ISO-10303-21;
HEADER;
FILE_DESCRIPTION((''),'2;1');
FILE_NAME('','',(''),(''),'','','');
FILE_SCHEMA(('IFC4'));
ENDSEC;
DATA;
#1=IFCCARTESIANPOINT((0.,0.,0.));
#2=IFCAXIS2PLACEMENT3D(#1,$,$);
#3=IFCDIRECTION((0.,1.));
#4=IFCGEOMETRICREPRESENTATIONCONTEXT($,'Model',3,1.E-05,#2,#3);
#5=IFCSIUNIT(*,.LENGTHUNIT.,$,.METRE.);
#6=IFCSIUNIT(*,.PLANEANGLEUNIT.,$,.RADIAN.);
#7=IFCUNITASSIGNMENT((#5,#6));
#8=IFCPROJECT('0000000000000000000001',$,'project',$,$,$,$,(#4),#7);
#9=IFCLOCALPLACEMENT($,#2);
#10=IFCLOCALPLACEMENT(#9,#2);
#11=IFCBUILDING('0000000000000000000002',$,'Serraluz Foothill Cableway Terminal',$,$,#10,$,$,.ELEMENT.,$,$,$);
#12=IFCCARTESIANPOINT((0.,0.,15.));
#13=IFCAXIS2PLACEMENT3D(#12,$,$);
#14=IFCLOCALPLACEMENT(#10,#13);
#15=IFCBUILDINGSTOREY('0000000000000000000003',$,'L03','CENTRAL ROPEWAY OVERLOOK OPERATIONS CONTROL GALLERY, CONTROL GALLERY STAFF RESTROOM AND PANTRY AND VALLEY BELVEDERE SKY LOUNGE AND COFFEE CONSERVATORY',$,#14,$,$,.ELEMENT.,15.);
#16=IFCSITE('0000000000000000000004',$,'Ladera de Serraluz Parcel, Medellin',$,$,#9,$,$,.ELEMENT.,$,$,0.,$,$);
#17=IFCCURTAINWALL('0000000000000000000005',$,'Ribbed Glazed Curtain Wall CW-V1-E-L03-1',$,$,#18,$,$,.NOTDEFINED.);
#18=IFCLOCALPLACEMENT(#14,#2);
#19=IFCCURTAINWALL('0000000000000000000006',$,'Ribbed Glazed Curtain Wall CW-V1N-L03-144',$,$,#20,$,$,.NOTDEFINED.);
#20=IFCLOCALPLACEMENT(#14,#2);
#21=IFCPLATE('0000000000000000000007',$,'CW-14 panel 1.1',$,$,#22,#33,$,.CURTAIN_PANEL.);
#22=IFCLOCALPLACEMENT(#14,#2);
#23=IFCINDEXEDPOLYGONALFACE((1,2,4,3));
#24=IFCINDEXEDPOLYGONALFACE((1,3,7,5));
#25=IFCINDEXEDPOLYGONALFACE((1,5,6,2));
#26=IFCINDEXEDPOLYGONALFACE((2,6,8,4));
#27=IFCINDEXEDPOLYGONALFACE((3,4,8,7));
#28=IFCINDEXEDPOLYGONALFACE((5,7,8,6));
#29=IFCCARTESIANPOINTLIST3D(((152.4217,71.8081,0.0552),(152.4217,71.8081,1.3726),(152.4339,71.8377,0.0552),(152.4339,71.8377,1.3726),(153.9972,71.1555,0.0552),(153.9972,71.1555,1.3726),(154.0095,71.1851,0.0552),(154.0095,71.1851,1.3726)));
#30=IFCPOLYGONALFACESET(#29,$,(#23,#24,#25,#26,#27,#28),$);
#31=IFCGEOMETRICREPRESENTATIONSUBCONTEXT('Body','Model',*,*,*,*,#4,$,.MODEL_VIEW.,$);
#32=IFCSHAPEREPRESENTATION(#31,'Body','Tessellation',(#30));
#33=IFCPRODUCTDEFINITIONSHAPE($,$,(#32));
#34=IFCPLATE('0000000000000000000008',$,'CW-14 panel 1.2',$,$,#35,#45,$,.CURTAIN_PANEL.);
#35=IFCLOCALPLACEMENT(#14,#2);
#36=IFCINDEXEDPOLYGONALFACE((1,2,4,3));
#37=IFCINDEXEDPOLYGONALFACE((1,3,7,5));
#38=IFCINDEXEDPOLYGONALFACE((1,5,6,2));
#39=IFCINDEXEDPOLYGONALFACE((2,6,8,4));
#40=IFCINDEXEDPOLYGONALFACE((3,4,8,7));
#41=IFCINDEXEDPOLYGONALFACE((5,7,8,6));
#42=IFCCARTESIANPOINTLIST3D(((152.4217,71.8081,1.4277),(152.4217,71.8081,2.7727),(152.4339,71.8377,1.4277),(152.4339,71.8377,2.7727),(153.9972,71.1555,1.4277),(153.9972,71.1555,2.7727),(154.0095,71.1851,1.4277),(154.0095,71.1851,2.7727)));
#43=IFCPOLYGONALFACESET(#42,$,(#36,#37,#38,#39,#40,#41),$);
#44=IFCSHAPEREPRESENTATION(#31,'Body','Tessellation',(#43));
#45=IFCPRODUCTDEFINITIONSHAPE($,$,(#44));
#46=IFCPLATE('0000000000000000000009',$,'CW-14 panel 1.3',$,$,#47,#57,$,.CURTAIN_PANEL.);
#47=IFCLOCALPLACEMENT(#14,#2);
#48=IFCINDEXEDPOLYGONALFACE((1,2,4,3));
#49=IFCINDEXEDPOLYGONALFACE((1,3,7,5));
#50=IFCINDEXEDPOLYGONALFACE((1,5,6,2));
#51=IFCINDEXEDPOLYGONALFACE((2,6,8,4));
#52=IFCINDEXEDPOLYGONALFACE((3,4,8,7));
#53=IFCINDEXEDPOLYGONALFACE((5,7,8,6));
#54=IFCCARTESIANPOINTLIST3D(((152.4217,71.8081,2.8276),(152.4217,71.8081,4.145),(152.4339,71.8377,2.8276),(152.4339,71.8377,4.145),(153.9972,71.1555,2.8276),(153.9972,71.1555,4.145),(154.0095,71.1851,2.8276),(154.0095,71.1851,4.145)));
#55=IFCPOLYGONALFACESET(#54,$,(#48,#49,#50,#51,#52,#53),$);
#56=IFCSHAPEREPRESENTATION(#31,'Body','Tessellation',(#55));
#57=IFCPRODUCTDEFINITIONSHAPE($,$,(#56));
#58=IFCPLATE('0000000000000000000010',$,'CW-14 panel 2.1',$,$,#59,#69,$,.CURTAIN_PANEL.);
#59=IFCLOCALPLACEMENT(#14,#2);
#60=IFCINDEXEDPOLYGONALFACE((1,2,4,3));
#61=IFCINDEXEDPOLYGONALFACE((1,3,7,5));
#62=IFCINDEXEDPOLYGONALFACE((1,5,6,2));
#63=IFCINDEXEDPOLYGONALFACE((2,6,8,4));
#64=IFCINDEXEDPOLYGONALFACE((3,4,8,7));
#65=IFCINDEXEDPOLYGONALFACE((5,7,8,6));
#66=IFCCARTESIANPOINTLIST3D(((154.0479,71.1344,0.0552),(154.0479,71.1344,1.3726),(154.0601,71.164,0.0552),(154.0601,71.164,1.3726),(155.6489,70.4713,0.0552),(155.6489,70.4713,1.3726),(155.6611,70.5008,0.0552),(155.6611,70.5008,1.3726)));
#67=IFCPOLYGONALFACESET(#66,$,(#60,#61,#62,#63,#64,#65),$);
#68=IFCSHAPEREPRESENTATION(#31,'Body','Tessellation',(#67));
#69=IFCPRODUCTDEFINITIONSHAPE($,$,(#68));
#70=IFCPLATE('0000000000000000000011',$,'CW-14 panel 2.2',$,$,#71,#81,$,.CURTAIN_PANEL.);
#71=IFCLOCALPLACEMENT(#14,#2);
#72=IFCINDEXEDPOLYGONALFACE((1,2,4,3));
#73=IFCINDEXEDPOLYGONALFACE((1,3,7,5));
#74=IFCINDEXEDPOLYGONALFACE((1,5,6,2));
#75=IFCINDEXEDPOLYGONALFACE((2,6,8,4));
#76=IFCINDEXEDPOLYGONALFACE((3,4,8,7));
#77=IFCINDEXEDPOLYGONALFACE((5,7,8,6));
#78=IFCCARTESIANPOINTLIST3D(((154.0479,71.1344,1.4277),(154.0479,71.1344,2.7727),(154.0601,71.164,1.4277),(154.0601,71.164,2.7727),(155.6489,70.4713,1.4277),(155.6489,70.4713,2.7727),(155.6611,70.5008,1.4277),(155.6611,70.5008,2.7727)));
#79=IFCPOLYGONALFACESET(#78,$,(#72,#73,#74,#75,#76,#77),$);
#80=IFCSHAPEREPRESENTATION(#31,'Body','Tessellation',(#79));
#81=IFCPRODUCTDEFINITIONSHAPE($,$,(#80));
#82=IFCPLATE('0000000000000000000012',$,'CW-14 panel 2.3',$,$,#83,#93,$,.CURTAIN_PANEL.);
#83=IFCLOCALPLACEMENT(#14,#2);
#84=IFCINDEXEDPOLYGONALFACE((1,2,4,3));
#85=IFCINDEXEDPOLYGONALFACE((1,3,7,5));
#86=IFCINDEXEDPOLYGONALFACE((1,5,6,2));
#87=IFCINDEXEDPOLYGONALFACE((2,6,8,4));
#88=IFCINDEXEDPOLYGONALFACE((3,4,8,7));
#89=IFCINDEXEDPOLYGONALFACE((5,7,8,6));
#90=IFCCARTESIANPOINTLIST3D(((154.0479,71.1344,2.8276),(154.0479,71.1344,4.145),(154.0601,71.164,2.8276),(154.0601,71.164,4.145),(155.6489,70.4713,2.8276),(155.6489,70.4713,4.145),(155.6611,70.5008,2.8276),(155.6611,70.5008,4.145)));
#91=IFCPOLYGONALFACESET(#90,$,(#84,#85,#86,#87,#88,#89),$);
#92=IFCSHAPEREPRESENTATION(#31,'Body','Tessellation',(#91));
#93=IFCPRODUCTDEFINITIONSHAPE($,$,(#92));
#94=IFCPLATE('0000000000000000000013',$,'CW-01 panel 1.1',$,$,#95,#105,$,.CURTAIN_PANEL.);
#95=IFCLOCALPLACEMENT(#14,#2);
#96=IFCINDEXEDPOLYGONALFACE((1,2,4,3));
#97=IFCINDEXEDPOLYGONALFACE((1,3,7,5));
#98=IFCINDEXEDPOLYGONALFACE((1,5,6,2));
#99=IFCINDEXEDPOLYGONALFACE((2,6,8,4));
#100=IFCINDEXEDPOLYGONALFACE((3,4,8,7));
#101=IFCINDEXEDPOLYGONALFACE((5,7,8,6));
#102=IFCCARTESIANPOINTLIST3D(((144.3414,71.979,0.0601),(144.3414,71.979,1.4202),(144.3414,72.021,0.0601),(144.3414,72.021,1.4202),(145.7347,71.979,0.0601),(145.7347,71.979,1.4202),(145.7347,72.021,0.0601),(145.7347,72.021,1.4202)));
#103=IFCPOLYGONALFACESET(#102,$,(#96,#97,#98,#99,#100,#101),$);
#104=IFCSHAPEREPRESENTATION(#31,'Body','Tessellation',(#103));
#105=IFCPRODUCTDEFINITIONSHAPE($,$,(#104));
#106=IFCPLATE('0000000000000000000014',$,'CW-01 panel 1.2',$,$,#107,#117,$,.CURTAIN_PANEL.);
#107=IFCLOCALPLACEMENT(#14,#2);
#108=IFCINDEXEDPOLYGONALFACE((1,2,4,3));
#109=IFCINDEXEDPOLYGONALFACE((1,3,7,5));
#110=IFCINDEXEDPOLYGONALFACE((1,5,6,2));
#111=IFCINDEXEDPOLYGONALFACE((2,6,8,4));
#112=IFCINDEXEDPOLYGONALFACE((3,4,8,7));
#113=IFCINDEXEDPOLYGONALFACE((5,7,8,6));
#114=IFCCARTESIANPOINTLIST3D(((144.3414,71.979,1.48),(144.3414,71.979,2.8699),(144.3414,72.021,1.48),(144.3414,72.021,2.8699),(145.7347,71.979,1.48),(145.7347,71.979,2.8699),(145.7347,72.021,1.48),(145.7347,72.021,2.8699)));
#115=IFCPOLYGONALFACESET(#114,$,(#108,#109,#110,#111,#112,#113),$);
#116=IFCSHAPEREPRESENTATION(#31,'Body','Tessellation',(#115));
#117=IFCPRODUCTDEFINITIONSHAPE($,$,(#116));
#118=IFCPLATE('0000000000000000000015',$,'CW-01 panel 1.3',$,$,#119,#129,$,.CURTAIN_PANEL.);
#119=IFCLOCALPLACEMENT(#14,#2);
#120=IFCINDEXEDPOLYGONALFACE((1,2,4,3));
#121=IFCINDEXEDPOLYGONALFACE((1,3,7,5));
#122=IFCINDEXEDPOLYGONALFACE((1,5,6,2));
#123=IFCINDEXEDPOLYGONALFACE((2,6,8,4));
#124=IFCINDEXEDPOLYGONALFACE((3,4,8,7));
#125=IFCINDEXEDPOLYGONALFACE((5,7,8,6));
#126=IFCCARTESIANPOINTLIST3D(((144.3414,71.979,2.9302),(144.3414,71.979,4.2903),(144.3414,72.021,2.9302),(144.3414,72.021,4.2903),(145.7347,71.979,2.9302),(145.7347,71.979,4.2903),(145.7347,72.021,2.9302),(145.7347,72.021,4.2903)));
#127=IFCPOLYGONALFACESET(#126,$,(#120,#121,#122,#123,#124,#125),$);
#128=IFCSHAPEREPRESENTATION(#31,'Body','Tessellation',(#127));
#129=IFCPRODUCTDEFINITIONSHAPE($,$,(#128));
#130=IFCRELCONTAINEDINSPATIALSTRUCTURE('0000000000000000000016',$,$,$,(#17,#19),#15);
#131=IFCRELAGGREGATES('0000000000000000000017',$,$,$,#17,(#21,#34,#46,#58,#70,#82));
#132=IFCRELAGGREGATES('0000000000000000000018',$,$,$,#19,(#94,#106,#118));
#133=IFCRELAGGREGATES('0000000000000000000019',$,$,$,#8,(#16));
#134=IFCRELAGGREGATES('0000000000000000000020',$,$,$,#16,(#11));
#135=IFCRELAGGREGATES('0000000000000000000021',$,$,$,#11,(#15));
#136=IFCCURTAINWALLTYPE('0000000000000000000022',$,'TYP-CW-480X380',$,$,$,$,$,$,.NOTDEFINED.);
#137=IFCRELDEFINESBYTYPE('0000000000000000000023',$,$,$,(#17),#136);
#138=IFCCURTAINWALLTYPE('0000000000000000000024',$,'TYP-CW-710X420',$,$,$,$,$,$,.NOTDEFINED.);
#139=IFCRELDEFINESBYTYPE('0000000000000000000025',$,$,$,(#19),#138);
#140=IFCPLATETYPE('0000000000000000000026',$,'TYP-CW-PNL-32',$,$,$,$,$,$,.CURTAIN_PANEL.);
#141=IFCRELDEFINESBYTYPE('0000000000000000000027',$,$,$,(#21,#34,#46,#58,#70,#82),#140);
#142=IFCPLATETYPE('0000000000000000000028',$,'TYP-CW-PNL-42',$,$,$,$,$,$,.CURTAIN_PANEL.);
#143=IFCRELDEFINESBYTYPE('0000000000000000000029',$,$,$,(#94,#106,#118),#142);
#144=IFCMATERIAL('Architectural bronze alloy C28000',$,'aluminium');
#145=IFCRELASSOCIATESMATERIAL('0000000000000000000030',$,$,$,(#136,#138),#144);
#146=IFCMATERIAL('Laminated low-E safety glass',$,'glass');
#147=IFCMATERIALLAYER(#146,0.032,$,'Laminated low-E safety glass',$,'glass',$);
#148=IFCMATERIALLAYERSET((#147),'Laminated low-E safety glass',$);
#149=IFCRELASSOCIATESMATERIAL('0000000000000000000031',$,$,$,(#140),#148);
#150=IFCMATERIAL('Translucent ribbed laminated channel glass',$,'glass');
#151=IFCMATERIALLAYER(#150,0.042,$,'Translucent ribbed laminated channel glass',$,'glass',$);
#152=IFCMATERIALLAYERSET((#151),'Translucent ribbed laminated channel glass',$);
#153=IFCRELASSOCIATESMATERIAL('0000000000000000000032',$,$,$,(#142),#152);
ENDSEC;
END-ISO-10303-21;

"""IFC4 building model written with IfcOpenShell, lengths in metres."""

from ifc_helpers import new_model, si_unit, direction, frame, origin, origin_2d, place, context, subcontext, project, spatial, rectangle, extrude, material, layer, layer_set, type_object, element, aggregate, save


model = new_model("IFC4")

# Units and contexts
model_context = context("Model", 3, precision=1e-05, world=origin(), true_north=direction((0.0, 1.0)))
body_context = subcontext(model_context, "Body", "Model", "MODEL_VIEW")
ifc_project = project(units=[si_unit("LENGTHUNIT", "METRE"), si_unit("PLANEANGLEUNIT", "RADIAN")], contexts=[model_context])

# Site, building, storey
site_placement = place(None, origin())
site = spatial("IfcSite", under=ifc_project, at=site_placement, Name="Ladera de Serraluz Parcel, Medellin", CompositionType="ELEMENT", RefElevation=0.0)
building_placement = place(site_placement, origin())
building = spatial("IfcBuilding", under=site, at=building_placement, Name="Serraluz Foothill Cableway Terminal", CompositionType="ELEMENT")
storey_placement = place(building_placement, frame((0.0, 0.0, 15.0)))
storey = spatial("IfcBuildingStorey", under=building, at=storey_placement, Name="L03", Description="CENTRAL ROPEWAY OVERLOOK OPERATIONS CONTROL GALLERY, CONTROL GALLERY STAFF RESTROOM AND PANTRY AND VALLEY BELVEDERE SKY LOUNGE AND COFFEE CONSERVATORY", CompositionType="ELEMENT", Elevation=15.0)

# Curtain wall
ifc_material_1 = material(Name="Architectural bronze alloy C28000", Category="aluminium")
curtain_wall_type_1 = type_object("IfcCurtainWallType", Name="TYP-CW-480X380", PredefinedType="NOTDEFINED", material=ifc_material_1)
curtain_wall_1_placement = place(storey_placement, origin())
curtain_wall_1 = element("IfcCurtainWall", 1, at=curtain_wall_1_placement, inside=storey, type_object=curtain_wall_type_1, Name="Ribbed Glazed Curtain Wall CW-V1-E-L03-1", PredefinedType="NOTDEFINED")

# Curtain wall
curtain_wall_type_2 = type_object("IfcCurtainWallType", Name="TYP-CW-710X420", PredefinedType="NOTDEFINED", material=ifc_material_1)
curtain_wall_2_placement = place(storey_placement, origin())
curtain_wall_2 = element("IfcCurtainWall", 2, at=curtain_wall_2_placement, inside=storey, type_object=curtain_wall_type_2, Name="Ribbed Glazed Curtain Wall CW-V1N-L03-144", PredefinedType="NOTDEFINED")

# Plates
ifc_material_2 = material(Name="Laminated low-E safety glass", Category="glass")
ifc_layer_1 = layer(ifc_material_2, 0.032, Name="Laminated low-E safety glass", Category="glass")
ifc_layer_set_1 = layer_set([ifc_layer_1], Name="Laminated low-E safety glass")
plate_type_1 = type_object("IfcPlateType", Name="TYP-CW-PNL-32", PredefinedType="CURTAIN_PANEL", material=ifc_layer_set_1)
plate_1_placement = place(storey_placement, frame((153.2156, 71.4966, 0.0552), z_axis=(0.0, 0.0, 1.0), x_axis=(0.92388, -0.382682, 0.0)))
plate_1 = element("IfcPlate", 3, at=plate_1_placement, type_object=plate_type_1, Name="CW-14 panel 1.1", PredefinedType="CURTAIN_PANEL", context=body_context, shape_type="SweptSolid", body=[
    extrude(rectangle(XDim=1.7053, YDim=0.032, at=origin_2d()), origin(), (0.0, 0.0, 1.0), 1.3174),
])
plate_2_placement = place(storey_placement, frame((153.2156, 71.4966, 1.4277), z_axis=(0.0, 0.0, 1.0), x_axis=(0.92388, -0.382682, 0.0)))
plate_2 = element("IfcPlate", 4, at=plate_2_placement, type_object=plate_type_1, Name="CW-14 panel 1.2", PredefinedType="CURTAIN_PANEL", context=body_context, shape_type="SweptSolid", body=[
    extrude(rectangle(XDim=1.7053, YDim=0.032, at=origin_2d()), origin(), (0.0, 0.0, 1.0), 1.345),
])
plate_3_placement = place(storey_placement, frame((153.2156, 71.4966, 2.8276), z_axis=(0.0, 0.0, 1.0), x_axis=(0.92388, -0.382682, 0.0)))
plate_3 = element("IfcPlate", 5, at=plate_3_placement, type_object=plate_type_1, Name="CW-14 panel 1.3", PredefinedType="CURTAIN_PANEL", context=body_context, shape_type="SweptSolid", body=[
    extrude(rectangle(XDim=1.7053, YDim=0.032, at=origin_2d()), origin(), (0.0, 0.0, 1.0), 1.3174),
])
plate_4_placement = place(storey_placement, frame((154.8545, 70.8176, 0.0552), z_axis=(0.0, 0.0, 1.0), x_axis=(0.92388, -0.382682, 0.0)))
plate_4 = element("IfcPlate", 6, at=plate_4_placement, type_object=plate_type_1, Name="CW-14 panel 2.1", PredefinedType="CURTAIN_PANEL", context=body_context, shape_type="SweptSolid", body=[
    extrude(rectangle(XDim=1.7329, YDim=0.032, at=origin_2d()), origin(), (0.0, 0.0, 1.0), 1.3174),
])
plate_5_placement = place(storey_placement, frame((154.8545, 70.8176, 1.4277), z_axis=(0.0, 0.0, 1.0), x_axis=(0.92388, -0.382682, 0.0)))
plate_5 = element("IfcPlate", 7, at=plate_5_placement, type_object=plate_type_1, Name="CW-14 panel 2.2", PredefinedType="CURTAIN_PANEL", context=body_context, shape_type="SweptSolid", body=[
    extrude(rectangle(XDim=1.7329, YDim=0.032, at=origin_2d()), origin(), (0.0, 0.0, 1.0), 1.345),
])
plate_6_placement = place(storey_placement, frame((154.8545, 70.8176, 2.8276), z_axis=(0.0, 0.0, 1.0), x_axis=(0.92388, -0.382682, 0.0)))
plate_6 = element("IfcPlate", 8, at=plate_6_placement, type_object=plate_type_1, Name="CW-14 panel 2.3", PredefinedType="CURTAIN_PANEL", context=body_context, shape_type="SweptSolid", body=[
    extrude(rectangle(XDim=1.7329, YDim=0.032, at=origin_2d()), origin(), (0.0, 0.0, 1.0), 1.3174),
])
aggregate(curtain_wall_1, [plate_1, plate_2, plate_3, plate_4, plate_5, plate_6])
ifc_material_3 = material(Name="Translucent ribbed laminated channel glass", Category="glass")
ifc_layer_2 = layer(ifc_material_3, 0.042, Name="Translucent ribbed laminated channel glass", Category="glass")
ifc_layer_set_2 = layer_set([ifc_layer_2], Name="Translucent ribbed laminated channel glass")
plate_type_2 = type_object("IfcPlateType", Name="TYP-CW-PNL-42", PredefinedType="CURTAIN_PANEL", material=ifc_layer_set_2)
plate_7_placement = place(storey_placement, frame((145.0381, 72.0, 0.0601), z_axis=(0.0, 0.0, 1.0), x_axis=(1.0, 0.0, 0.0)))
plate_7 = element("IfcPlate", 9, at=plate_7_placement, type_object=plate_type_2, Name="CW-01 panel 1.1", PredefinedType="CURTAIN_PANEL", context=body_context, shape_type="SweptSolid", body=[
    extrude(rectangle(XDim=1.3933, YDim=0.042, at=origin_2d()), origin(), (0.0, 0.0, 1.0), 1.3601),
])
plate_8_placement = place(storey_placement, frame((145.0381, 72.0, 1.48), z_axis=(0.0, 0.0, 1.0), x_axis=(1.0, 0.0, 0.0)))
plate_8 = element("IfcPlate", 10, at=plate_8_placement, type_object=plate_type_2, Name="CW-01 panel 1.2", PredefinedType="CURTAIN_PANEL", context=body_context, shape_type="SweptSolid", body=[
    extrude(rectangle(XDim=1.3933, YDim=0.042, at=origin_2d()), origin(), (0.0, 0.0, 1.0), 1.3899),
])
plate_9_placement = place(storey_placement, frame((145.0381, 72.0, 2.9302), z_axis=(0.0, 0.0, 1.0), x_axis=(1.0, 0.0, 0.0)))
plate_9 = element("IfcPlate", 11, at=plate_9_placement, type_object=plate_type_2, Name="CW-01 panel 1.3", PredefinedType="CURTAIN_PANEL", context=body_context, shape_type="SweptSolid", body=[
    extrude(rectangle(XDim=1.3933, YDim=0.042, at=origin_2d()), origin(), (0.0, 0.0, 1.0), 1.3601),
])
aggregate(curtain_wall_2, [plate_7, plate_8, plate_9])

save(model, "model.ifc")
